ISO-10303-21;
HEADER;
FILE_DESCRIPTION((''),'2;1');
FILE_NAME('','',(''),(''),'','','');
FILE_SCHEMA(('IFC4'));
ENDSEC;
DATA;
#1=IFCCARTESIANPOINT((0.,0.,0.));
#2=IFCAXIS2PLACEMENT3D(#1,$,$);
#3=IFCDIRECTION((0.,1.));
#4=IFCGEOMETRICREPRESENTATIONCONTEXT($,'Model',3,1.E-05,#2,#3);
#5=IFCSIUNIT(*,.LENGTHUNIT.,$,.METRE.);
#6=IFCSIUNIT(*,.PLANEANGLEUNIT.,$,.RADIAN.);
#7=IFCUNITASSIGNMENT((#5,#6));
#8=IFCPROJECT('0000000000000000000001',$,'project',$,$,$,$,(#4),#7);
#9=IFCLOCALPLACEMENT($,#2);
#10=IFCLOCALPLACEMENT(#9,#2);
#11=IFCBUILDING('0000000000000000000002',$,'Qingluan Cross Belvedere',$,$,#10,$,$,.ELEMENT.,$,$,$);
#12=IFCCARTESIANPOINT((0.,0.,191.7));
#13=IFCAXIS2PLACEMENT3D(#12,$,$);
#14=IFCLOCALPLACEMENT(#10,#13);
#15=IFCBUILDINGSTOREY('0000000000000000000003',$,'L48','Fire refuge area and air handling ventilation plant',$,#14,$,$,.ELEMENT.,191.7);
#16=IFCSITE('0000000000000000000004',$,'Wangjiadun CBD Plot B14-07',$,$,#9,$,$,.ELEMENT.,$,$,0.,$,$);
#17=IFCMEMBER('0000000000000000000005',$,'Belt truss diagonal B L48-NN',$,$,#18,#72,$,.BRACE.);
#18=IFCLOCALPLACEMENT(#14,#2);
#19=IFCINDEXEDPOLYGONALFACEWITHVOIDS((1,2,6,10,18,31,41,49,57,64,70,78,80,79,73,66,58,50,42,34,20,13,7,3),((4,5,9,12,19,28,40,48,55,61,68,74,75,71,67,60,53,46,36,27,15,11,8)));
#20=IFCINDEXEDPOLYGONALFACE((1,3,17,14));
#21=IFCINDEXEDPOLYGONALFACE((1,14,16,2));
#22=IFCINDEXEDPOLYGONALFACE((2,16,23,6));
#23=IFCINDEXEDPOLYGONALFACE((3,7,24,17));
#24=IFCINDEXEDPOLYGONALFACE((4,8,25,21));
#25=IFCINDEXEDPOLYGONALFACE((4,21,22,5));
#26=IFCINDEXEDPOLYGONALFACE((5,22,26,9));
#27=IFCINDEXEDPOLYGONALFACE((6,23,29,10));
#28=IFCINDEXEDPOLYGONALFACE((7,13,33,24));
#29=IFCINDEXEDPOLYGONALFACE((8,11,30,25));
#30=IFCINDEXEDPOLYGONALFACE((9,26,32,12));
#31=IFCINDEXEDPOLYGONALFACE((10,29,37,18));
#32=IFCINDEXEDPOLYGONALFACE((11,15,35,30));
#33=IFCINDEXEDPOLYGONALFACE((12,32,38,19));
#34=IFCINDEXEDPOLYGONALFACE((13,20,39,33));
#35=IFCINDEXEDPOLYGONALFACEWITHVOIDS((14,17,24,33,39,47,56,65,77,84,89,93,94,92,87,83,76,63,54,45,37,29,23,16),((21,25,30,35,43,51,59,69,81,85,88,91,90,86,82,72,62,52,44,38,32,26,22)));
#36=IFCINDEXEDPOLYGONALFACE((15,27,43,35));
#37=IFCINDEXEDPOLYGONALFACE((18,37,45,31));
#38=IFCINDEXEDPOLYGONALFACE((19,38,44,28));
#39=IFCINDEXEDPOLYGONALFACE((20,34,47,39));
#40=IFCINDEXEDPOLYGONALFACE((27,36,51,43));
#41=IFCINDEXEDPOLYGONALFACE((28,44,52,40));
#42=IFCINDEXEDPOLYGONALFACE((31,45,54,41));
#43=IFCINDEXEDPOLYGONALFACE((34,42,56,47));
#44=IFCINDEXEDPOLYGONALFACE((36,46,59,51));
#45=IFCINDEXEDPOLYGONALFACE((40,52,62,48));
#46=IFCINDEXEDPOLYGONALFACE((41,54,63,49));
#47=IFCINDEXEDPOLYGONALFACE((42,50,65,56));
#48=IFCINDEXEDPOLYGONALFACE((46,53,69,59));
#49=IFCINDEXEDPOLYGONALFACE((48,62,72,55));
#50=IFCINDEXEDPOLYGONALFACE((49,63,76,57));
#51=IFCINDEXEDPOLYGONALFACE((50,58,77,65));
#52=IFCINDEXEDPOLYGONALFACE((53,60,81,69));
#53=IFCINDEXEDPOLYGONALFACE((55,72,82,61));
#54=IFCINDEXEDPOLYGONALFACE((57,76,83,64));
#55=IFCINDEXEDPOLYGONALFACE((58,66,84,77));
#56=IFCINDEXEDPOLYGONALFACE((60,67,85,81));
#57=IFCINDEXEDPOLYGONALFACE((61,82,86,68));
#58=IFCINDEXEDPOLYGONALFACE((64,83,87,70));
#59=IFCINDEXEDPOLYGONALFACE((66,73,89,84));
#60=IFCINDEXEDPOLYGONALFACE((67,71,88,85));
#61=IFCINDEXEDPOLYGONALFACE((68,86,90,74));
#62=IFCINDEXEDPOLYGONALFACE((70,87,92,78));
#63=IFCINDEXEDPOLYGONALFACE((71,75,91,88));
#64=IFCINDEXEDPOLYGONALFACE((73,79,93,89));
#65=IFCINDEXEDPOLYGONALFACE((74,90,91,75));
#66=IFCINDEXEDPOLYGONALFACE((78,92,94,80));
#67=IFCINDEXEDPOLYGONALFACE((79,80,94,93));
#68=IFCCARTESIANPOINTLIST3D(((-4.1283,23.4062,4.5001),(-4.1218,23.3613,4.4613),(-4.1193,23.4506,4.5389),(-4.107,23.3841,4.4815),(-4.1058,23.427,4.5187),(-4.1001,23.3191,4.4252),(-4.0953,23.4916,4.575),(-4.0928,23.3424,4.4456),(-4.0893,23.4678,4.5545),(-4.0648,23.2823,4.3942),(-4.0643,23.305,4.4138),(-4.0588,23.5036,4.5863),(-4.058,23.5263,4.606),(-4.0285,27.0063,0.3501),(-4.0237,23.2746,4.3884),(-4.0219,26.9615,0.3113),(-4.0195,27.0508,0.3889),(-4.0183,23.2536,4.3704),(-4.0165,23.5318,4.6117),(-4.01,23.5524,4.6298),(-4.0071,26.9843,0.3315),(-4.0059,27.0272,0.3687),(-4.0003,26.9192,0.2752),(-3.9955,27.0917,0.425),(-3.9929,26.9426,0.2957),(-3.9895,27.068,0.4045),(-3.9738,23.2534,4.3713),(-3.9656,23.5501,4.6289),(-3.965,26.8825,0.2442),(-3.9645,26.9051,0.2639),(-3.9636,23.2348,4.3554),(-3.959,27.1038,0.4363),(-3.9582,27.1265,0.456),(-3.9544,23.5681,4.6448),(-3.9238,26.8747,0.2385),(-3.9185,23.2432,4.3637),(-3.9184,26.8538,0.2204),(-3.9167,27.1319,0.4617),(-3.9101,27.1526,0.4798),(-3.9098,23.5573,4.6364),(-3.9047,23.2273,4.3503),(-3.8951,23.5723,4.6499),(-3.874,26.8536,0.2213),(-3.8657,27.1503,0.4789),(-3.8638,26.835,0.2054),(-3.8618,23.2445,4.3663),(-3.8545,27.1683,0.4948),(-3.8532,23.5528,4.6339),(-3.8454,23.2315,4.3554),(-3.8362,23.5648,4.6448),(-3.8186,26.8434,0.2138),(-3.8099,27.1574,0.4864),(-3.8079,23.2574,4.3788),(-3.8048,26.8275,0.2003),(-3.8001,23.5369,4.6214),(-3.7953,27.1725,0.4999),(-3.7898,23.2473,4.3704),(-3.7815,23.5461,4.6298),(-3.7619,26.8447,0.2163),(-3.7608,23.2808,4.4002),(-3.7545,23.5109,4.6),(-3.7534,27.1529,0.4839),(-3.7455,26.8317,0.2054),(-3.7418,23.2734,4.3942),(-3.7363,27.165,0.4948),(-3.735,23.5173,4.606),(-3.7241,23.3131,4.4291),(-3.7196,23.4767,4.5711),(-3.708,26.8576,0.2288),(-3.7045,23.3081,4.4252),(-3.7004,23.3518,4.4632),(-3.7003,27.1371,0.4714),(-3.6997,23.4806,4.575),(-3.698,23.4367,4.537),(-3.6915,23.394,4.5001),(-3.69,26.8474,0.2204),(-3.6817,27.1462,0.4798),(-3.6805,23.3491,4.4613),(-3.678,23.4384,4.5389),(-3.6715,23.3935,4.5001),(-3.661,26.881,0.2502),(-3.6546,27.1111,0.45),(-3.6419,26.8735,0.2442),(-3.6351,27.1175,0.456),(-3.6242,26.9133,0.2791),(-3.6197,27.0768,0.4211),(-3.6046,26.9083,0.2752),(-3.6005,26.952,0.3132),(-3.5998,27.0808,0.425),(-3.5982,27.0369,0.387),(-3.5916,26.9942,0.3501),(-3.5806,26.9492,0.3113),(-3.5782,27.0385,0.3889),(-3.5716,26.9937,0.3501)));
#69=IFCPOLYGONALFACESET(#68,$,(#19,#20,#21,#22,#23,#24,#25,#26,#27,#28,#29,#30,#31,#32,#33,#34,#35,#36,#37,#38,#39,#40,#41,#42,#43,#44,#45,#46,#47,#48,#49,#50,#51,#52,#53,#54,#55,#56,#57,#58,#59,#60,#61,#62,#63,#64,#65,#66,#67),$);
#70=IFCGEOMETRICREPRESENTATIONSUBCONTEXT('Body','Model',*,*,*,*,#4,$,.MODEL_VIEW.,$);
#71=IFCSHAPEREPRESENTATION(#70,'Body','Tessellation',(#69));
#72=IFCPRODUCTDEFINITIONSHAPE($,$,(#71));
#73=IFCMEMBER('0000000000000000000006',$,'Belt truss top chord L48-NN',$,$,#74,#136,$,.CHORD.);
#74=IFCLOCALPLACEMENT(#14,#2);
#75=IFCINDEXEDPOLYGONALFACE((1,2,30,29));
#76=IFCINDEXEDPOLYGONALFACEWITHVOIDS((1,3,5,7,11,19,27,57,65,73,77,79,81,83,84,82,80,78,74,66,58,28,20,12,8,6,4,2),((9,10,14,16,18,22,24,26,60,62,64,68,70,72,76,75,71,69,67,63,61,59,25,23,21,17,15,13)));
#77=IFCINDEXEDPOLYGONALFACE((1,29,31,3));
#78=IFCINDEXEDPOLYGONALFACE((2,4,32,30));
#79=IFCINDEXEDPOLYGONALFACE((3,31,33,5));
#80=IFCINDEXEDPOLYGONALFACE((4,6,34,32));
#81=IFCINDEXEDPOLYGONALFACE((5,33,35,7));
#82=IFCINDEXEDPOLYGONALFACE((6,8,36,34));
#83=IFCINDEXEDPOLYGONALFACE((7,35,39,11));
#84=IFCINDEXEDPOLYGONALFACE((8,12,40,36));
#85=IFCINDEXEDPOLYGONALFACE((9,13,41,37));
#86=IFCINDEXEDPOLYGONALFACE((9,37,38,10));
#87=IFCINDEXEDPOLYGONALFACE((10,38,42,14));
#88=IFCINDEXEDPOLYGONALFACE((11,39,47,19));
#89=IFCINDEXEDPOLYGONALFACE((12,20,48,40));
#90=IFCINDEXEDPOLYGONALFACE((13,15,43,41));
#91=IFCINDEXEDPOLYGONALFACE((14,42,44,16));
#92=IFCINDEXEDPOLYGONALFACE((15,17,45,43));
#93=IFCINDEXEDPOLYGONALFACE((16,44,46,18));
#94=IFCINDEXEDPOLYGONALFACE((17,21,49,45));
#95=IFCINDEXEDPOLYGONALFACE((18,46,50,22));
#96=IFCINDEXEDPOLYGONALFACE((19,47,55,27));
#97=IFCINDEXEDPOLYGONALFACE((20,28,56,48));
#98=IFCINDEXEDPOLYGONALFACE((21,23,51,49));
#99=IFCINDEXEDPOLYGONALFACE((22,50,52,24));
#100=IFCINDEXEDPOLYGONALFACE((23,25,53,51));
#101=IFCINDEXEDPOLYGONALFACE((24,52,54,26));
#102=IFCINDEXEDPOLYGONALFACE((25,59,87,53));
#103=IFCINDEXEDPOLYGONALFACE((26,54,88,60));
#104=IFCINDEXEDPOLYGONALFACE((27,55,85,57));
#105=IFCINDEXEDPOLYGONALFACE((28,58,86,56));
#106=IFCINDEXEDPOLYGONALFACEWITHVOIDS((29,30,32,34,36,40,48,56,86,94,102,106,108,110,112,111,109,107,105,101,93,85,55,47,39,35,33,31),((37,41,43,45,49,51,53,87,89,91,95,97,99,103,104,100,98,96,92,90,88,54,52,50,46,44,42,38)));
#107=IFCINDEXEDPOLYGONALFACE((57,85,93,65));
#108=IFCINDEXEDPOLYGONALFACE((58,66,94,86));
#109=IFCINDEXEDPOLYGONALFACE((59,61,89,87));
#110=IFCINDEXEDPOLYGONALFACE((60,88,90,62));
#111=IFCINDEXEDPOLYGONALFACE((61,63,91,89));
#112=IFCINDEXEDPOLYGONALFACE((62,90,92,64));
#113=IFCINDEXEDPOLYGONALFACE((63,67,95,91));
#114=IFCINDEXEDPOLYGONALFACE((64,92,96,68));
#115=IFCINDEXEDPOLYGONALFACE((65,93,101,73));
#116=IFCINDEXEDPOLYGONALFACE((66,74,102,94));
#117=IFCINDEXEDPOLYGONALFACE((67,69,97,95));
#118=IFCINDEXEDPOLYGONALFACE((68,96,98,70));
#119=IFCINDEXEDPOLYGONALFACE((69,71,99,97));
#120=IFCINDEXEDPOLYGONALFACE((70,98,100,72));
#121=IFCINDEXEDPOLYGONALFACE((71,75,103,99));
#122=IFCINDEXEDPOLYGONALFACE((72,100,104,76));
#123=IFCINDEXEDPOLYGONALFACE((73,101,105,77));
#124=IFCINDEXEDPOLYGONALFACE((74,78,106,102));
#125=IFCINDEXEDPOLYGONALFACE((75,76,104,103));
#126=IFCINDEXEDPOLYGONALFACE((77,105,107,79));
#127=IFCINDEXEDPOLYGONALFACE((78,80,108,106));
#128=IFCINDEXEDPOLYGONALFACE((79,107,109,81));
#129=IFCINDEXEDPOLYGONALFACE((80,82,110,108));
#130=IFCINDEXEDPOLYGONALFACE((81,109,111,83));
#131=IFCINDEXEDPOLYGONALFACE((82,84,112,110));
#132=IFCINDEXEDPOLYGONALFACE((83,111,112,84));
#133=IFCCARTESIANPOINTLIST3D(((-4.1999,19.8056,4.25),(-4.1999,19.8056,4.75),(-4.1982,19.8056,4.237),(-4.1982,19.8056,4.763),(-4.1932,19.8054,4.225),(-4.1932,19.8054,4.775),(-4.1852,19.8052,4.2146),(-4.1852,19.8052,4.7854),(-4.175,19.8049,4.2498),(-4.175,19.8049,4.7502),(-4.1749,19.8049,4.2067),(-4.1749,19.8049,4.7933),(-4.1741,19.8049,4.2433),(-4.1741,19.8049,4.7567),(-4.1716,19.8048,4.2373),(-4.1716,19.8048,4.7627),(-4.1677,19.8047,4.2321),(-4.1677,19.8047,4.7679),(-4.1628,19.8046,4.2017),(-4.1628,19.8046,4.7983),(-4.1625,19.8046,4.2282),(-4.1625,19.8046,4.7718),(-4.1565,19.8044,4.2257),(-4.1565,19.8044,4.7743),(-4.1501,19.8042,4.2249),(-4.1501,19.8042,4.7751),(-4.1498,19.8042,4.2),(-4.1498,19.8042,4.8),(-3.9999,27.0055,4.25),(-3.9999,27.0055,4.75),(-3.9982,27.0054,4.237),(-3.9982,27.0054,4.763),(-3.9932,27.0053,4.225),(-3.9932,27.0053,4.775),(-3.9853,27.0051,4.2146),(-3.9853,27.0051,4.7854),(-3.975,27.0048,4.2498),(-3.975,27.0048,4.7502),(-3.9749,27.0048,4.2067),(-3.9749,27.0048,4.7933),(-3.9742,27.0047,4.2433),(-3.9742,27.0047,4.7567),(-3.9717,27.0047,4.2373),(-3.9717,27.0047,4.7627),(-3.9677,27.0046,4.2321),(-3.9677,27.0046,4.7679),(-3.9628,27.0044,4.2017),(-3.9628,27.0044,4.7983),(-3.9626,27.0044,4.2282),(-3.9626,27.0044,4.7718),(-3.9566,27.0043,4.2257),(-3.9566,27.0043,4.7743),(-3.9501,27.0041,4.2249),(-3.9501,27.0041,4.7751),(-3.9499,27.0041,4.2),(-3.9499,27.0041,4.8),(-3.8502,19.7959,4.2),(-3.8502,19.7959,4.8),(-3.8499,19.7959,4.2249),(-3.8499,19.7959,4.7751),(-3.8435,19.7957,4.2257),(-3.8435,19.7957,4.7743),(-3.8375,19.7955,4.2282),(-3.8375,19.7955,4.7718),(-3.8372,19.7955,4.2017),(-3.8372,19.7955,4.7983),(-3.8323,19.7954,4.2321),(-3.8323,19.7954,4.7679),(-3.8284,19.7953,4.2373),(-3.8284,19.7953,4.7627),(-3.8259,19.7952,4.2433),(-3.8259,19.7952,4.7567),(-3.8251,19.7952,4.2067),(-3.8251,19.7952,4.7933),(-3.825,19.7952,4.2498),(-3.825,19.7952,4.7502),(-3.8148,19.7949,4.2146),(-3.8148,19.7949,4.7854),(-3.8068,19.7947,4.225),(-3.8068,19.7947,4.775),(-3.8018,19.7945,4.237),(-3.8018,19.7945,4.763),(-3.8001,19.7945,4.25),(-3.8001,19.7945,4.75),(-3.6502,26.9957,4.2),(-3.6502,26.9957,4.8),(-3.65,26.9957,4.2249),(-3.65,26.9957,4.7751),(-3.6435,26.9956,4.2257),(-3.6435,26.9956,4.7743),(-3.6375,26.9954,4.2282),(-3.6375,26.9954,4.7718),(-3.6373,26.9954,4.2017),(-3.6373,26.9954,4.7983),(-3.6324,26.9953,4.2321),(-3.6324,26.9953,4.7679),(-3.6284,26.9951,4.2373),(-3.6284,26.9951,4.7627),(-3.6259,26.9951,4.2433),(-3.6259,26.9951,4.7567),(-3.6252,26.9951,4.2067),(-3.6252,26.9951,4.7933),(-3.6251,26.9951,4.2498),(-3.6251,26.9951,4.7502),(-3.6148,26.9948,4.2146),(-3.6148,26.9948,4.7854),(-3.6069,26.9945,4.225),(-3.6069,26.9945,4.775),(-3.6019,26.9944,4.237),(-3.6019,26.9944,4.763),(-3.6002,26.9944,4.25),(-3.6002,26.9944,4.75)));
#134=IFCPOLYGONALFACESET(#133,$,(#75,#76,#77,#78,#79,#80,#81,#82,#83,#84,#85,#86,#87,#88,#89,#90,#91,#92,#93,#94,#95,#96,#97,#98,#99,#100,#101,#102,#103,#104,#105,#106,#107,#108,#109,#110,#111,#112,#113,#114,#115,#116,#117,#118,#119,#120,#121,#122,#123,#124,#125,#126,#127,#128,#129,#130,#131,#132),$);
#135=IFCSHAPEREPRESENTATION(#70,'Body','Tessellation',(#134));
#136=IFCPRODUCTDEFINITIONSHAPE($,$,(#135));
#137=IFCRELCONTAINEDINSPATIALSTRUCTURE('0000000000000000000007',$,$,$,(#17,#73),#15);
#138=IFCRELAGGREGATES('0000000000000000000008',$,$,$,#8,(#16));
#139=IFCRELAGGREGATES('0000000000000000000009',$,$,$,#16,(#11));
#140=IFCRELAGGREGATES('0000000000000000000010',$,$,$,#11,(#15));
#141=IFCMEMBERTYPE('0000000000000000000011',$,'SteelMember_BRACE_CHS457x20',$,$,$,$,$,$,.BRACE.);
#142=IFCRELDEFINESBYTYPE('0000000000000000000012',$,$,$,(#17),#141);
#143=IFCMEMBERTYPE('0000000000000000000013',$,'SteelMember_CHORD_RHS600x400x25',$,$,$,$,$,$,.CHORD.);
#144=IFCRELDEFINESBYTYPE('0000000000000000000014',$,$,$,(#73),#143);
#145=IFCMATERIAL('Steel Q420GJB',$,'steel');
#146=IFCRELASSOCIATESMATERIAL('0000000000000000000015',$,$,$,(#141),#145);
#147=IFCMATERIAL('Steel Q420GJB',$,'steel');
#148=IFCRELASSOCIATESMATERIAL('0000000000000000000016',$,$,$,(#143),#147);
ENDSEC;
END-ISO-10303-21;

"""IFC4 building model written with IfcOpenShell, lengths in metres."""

from ifc_helpers import new_model, si_unit, direction, frame, origin, origin_2d, place, context, subcontext, project, spatial, hollow_rectangle, hollow_circle, extrude, material, material_profile, profile_set, type_object, element, save


model = new_model("IFC4")

# Units and contexts
model_context = context("Model", 3, precision=1e-05, world=origin(), true_north=direction((0.0, 1.0)))
body_context = subcontext(model_context, "Body", "Model", "MODEL_VIEW")
ifc_project = project(units=[si_unit("LENGTHUNIT", "METRE"), si_unit("PLANEANGLEUNIT", "RADIAN")], contexts=[model_context])

# Site, building, storey
site_placement = place(None, origin())
site = spatial("IfcSite", under=ifc_project, at=site_placement, Name="Wangjiadun CBD Plot B14-07", CompositionType="ELEMENT", RefElevation=0.0)
building_placement = place(site_placement, origin())
building = spatial("IfcBuilding", under=site, at=building_placement, Name="Qingluan Cross Belvedere", CompositionType="ELEMENT")
storey_placement = place(building_placement, frame((0.0, 0.0, 191.7)))
storey = spatial("IfcBuildingStorey", under=building, at=storey_placement, Name="L48", Description="Fire refuge area and air handling ventilation plant", CompositionType="ELEMENT", Elevation=191.7)

# Members
ifc_material_1 = material(Name="Steel Q420GJB", Category="steel")
ifc_material_profile_1 = material_profile(ifc_material_1, hollow_circle(Radius=0.2285, WallThickness=0.02, at=origin_2d()), Name="CHS457x20")
ifc_profile_set_1 = profile_set([ifc_material_profile_1], Name="Steel Q420GJB")
member_type_1 = type_object("IfcMemberType", Name="SteelMember_BRACE_CHS457x20", PredefinedType="BRACE", material=ifc_profile_set_1)
member_1_placement = place(storey_placement, frame((-3.8, 27.0, 0.3501), z_axis=(-0.018173, -0.655188, 0.755248), x_axis=(0.999616, -0.027726, 0.0)))
element("IfcMember", 1, at=member_1_placement, inside=storey, type_object=member_type_1, Name="Belt truss diagonal B L48-NN", PredefinedType="BRACE", context=body_context, shape_type="SweptSolid", body=[
    extrude(hollow_circle(Radius=0.2285, WallThickness=0.02, at=origin_2d()), origin(), (0.0, 0.0, 1.0), 5.4949),
])
ifc_material_2 = material(Name="Steel Q420GJB", Category="steel")
ifc_material_profile_2 = material_profile(ifc_material_2, hollow_rectangle(XDim=0.3999, YDim=0.6001, WallThickness=0.0249, InnerFilletRadius=0.0249, OuterFilletRadius=0.05, at=origin_2d()), Name="RHS600x400x25")
ifc_profile_set_2 = profile_set([ifc_material_profile_2], Name="Steel Q420GJB")
member_type_2 = type_object("IfcMemberType", Name="SteelMember_CHORD_RHS600x400x25", PredefinedType="CHORD", material=ifc_profile_set_2)
member_2_placement = place(storey_placement, frame((-4.0, 19.8, 4.5), z_axis=(0.02776, 0.999615, 0.0), x_axis=(-0.999615, 0.02776, 0.0)))
element("IfcMember", 2, at=member_2_placement, inside=storey, type_object=member_type_2, Name="Belt truss top chord L48-NN", PredefinedType="CHORD", context=body_context, shape_type="SweptSolid", body=[
    extrude(hollow_rectangle(XDim=0.3999, YDim=0.6001, WallThickness=0.0249, InnerFilletRadius=0.0249, OuterFilletRadius=0.05, at=origin_2d()), origin(), (0.0, 0.0, 1.0), 7.2026),
])

save(model, "model.ifc")
